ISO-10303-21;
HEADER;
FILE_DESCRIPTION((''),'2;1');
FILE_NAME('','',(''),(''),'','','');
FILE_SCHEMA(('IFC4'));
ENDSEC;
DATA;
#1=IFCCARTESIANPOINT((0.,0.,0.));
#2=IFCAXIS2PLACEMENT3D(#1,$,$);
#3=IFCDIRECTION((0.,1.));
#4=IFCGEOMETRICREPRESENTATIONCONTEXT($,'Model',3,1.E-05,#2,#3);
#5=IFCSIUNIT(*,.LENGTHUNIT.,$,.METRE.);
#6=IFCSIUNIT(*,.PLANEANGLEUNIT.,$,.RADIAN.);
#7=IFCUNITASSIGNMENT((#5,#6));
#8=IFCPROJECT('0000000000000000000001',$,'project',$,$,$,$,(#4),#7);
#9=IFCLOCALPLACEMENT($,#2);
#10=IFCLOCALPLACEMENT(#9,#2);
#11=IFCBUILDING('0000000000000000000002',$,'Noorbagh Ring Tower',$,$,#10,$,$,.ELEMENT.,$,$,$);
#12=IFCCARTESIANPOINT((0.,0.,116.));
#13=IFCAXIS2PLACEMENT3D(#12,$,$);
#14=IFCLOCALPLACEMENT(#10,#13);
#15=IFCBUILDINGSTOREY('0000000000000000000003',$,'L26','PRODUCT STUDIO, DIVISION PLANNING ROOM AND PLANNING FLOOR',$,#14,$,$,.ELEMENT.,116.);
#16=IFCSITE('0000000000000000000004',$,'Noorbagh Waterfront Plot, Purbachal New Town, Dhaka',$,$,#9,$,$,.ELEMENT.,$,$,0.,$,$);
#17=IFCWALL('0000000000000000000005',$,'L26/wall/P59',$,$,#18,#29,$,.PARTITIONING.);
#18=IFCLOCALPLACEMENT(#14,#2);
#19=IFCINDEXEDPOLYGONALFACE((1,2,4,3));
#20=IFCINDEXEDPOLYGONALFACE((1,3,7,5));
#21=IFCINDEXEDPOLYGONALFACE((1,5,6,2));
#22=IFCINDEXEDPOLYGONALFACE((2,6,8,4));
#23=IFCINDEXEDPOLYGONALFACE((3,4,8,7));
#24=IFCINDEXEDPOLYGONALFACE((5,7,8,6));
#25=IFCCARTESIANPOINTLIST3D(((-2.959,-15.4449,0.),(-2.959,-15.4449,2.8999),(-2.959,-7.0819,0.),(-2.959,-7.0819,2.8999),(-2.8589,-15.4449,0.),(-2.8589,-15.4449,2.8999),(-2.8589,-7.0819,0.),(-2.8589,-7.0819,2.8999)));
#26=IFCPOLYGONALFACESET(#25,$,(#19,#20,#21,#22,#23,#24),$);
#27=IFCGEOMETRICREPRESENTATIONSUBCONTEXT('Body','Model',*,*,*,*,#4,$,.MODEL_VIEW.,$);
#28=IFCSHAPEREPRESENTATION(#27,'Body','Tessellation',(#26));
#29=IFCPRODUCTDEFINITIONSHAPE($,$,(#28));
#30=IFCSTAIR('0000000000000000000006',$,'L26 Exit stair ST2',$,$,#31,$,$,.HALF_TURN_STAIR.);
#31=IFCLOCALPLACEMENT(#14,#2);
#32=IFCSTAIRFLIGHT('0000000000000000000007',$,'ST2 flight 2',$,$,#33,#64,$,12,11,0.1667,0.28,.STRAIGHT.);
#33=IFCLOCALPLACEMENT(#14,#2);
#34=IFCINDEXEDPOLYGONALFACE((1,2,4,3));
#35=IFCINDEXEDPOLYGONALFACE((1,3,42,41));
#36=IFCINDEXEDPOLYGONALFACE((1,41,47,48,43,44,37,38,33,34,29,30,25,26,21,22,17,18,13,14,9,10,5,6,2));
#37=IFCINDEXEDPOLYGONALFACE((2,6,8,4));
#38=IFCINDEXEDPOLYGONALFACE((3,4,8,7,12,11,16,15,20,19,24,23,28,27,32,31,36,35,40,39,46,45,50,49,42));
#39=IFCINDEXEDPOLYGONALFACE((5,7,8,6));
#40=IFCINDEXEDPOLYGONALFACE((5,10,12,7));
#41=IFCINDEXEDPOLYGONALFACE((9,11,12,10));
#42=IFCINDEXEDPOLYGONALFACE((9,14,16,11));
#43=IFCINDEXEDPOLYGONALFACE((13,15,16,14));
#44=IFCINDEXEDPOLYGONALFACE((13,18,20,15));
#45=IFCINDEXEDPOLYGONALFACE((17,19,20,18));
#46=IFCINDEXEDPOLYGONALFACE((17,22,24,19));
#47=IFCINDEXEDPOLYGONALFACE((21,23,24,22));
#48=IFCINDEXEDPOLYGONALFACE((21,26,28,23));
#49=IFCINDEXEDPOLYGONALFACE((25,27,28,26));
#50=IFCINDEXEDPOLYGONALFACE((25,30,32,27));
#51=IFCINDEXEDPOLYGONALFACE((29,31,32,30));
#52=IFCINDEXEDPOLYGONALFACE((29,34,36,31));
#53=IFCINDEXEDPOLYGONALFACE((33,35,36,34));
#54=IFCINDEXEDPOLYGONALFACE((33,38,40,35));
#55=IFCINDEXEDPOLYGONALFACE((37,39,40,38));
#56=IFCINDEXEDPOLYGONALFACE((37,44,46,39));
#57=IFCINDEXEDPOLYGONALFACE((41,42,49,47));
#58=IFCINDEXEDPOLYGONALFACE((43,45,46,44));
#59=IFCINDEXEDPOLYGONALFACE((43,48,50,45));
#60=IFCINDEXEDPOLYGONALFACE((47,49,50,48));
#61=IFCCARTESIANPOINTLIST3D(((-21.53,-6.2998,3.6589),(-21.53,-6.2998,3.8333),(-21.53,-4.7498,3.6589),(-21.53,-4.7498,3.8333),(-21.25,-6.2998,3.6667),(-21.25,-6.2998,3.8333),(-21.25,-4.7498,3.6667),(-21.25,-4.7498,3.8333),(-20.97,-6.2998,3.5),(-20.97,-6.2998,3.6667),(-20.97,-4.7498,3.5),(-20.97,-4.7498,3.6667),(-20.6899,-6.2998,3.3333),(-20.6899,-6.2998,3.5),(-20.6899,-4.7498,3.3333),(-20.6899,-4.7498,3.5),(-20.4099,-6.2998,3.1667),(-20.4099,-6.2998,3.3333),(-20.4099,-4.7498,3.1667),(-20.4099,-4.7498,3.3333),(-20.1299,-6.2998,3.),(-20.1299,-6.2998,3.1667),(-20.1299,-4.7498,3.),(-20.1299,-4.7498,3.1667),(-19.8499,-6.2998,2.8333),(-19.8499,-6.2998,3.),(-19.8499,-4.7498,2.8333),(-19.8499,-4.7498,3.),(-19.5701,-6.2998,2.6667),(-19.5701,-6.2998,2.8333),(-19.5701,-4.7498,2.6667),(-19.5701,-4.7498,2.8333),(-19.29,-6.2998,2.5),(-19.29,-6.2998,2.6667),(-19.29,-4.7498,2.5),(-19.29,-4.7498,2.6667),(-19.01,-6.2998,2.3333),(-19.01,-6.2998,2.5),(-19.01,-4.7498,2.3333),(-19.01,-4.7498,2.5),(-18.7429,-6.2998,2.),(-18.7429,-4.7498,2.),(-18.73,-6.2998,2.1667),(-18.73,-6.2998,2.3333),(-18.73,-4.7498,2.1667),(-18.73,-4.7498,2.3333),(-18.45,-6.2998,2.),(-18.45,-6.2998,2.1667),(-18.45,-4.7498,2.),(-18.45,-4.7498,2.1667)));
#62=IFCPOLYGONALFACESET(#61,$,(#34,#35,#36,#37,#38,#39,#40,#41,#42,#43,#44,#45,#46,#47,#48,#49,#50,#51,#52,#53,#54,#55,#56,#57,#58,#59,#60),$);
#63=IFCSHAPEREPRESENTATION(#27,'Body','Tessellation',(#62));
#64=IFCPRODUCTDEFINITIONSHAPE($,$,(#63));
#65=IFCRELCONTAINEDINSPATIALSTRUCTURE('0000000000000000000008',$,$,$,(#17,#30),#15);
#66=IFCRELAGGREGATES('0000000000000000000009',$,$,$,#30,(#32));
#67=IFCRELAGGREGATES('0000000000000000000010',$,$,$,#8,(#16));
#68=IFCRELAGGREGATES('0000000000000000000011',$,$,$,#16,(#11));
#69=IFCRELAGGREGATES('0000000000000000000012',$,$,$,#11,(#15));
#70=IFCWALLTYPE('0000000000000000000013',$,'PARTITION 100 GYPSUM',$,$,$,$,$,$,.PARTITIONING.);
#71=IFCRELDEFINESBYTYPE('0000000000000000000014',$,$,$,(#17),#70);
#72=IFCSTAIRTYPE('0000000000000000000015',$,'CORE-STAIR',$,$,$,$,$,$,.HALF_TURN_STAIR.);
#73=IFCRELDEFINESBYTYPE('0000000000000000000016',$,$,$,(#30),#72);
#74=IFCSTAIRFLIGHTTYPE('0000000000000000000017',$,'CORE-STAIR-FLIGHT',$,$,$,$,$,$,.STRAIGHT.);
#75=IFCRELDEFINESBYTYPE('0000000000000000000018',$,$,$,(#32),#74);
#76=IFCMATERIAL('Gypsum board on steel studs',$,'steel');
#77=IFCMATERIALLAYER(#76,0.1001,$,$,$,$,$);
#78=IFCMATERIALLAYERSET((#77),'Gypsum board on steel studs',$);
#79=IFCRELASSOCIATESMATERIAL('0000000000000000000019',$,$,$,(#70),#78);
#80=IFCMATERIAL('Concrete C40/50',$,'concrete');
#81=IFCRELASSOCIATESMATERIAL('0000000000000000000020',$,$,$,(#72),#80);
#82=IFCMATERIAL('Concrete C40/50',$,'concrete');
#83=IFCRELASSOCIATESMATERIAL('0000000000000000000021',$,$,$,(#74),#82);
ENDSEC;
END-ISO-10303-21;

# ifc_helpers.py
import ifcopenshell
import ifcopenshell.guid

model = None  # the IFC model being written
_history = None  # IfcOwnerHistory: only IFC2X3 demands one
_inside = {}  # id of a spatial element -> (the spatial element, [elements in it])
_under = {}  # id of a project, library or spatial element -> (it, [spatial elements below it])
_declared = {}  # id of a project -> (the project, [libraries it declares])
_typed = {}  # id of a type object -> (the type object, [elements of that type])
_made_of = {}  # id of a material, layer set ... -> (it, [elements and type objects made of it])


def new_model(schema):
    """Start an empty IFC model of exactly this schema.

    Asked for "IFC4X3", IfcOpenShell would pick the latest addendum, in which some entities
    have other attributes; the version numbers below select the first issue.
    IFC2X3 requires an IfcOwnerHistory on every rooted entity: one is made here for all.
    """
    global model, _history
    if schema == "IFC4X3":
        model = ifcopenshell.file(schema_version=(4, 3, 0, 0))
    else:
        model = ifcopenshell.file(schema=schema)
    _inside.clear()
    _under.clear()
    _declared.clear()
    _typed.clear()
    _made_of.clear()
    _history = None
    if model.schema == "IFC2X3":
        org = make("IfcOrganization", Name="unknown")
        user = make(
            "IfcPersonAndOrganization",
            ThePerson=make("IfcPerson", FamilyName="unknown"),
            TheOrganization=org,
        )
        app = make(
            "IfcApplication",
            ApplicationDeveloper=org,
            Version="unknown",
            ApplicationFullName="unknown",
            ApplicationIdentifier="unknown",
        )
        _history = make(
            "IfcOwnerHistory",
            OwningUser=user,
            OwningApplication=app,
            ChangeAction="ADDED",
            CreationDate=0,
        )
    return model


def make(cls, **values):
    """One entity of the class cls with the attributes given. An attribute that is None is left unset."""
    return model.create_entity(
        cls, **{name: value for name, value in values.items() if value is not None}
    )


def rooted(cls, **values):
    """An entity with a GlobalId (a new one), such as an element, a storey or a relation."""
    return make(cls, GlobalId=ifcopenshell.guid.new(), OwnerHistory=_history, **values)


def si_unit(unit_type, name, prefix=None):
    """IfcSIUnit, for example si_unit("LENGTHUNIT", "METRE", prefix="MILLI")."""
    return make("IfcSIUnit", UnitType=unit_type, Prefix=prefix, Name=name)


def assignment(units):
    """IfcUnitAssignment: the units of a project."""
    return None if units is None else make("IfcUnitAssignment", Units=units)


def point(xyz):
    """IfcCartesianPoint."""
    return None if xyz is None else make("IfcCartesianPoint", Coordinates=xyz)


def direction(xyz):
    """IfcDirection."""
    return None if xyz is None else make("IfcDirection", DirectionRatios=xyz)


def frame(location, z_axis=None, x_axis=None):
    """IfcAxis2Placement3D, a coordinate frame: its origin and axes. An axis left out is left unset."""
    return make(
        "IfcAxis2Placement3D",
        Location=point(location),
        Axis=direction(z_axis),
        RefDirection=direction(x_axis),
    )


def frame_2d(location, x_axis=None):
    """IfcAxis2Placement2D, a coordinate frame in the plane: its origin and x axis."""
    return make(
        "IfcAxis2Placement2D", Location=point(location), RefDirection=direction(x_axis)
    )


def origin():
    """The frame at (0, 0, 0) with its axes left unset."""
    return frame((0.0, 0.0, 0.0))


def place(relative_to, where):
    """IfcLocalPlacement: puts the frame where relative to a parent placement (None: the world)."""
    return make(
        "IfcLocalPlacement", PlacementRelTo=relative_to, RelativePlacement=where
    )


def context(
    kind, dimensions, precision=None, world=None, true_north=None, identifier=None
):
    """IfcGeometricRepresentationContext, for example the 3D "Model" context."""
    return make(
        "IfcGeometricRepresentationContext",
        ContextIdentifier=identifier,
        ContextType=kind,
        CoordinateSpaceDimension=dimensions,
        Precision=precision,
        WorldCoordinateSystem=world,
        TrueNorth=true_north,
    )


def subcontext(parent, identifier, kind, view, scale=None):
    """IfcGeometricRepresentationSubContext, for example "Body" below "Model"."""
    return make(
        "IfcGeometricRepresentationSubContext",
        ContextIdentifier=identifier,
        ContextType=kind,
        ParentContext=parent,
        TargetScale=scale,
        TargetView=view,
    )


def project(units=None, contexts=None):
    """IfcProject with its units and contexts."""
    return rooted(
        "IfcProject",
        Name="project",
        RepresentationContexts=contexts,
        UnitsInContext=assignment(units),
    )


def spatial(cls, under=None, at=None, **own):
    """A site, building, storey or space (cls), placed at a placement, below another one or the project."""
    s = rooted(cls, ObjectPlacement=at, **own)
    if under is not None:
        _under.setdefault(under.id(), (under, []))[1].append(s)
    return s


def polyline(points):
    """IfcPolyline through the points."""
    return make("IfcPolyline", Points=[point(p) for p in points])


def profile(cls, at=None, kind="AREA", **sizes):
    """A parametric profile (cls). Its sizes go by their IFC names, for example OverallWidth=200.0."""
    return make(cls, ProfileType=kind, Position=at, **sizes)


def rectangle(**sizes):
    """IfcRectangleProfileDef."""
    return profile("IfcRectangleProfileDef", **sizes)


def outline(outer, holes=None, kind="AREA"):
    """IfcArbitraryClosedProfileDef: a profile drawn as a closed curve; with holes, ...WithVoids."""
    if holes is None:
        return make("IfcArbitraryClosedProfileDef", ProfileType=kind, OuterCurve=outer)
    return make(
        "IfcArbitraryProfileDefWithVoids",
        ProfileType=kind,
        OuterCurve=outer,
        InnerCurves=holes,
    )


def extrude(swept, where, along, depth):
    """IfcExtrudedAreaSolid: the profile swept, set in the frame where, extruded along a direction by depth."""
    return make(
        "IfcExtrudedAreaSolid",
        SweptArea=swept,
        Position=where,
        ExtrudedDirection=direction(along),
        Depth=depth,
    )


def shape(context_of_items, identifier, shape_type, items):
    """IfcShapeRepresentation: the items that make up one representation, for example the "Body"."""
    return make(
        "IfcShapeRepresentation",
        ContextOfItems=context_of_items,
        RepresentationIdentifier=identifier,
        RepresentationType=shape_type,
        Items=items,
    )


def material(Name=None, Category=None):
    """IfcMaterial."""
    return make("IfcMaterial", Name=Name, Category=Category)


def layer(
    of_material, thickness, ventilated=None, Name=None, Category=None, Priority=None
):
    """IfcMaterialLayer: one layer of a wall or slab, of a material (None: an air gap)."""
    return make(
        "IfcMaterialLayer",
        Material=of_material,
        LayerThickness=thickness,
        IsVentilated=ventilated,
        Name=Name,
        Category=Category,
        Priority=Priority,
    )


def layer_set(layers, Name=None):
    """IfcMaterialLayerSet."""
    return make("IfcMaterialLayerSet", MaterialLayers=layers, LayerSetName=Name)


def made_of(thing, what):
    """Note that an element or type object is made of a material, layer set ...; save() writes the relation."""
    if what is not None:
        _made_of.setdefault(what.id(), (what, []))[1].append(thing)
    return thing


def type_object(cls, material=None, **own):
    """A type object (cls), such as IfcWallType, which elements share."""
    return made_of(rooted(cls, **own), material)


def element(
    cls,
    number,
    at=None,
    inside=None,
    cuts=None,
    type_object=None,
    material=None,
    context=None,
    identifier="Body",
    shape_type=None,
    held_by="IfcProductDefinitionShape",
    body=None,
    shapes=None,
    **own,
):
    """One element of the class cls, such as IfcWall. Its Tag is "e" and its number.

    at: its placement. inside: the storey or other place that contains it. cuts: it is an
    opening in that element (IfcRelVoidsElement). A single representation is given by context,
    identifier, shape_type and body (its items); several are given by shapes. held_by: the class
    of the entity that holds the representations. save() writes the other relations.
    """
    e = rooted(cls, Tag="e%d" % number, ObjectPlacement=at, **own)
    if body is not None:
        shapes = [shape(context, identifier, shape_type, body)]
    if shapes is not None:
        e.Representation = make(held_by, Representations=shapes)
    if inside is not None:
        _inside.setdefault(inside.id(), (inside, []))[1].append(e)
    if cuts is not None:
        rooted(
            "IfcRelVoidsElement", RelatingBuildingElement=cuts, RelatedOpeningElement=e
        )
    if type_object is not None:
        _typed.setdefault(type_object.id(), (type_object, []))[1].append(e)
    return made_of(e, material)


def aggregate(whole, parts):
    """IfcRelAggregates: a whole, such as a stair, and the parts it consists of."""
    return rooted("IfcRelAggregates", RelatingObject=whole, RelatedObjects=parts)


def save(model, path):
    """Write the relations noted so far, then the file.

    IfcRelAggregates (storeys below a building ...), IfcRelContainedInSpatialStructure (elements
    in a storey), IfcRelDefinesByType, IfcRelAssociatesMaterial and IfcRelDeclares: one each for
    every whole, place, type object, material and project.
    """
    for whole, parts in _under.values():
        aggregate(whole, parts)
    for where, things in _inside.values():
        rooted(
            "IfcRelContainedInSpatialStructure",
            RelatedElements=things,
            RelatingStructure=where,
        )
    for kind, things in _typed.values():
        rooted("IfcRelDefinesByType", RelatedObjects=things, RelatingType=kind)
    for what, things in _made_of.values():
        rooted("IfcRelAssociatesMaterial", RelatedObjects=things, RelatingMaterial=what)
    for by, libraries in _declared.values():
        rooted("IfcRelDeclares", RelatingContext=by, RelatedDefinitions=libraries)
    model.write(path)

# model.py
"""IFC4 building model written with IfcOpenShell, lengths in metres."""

from ifc_helpers import new_model, si_unit, direction, frame, frame_2d, origin, place, context, subcontext, project, spatial, polyline, rectangle, outline, extrude, material, layer, layer_set, type_object, element, aggregate, save


model = new_model("IFC4")

# Units and contexts
model_context = context("Model", 3, precision=1e-05, world=origin(), true_north=direction((0.0, 1.0)))
body_context = subcontext(model_context, "Body", "Model", "MODEL_VIEW")
ifc_project = project(units=[si_unit("LENGTHUNIT", "METRE"), si_unit("PLANEANGLEUNIT", "RADIAN")], contexts=[model_context])

# Site, building, storey
site_placement = place(None, origin())
site = spatial("IfcSite", under=ifc_project, at=site_placement, Name="Noorbagh Waterfront Plot, Purbachal New Town, Dhaka", CompositionType="ELEMENT", RefElevation=0.0)
building_placement = place(site_placement, origin())
building = spatial("IfcBuilding", under=site, at=building_placement, Name="Noorbagh Ring Tower", CompositionType="ELEMENT")
storey_placement = place(building_placement, frame((0.0, 0.0, 116.0)))
storey = spatial("IfcBuildingStorey", under=building, at=storey_placement, Name="L26", Description="PRODUCT STUDIO, DIVISION PLANNING ROOM AND PLANNING FLOOR", CompositionType="ELEMENT", Elevation=116.0)

# Wall
ifc_material_1 = material(Name="Gypsum board on steel studs", Category="steel")
ifc_layer_1 = layer(ifc_material_1, 0.1001)
ifc_layer_set_1 = layer_set([ifc_layer_1], Name="Gypsum board on steel studs")
wall_type_1 = type_object("IfcWallType", Name="PARTITION 100 GYPSUM", PredefinedType="PARTITIONING", material=ifc_layer_set_1)
wall_1_placement = place(storey_placement, frame((-2.9089, -15.4451, 0.0), z_axis=(0.0, 0.0, 1.0), x_axis=(0.0, 1.0, 0.0)))
element("IfcWall", 1, at=wall_1_placement, inside=storey, type_object=wall_type_1, Name="L26/wall/P59", PredefinedType="PARTITIONING", context=body_context, shape_type="SweptSolid", body=[
    extrude(rectangle(XDim=8.363, YDim=0.1001, at=frame_2d((4.1816, 0.0))), origin(), (0.0, 0.0, 1.0), 2.8999),
])

# Stair, stair flight
ifc_material_2 = material(Name="Concrete C40/50", Category="concrete")
stair_type = type_object("IfcStairType", Name="CORE-STAIR", PredefinedType="HALF_TURN_STAIR", material=ifc_material_2)
stair_placement = place(storey_placement, origin())
stair = element("IfcStair", 2, at=stair_placement, inside=storey, type_object=stair_type, Name="L26 Exit stair ST2", PredefinedType="HALF_TURN_STAIR")
ifc_material_3 = material(Name="Concrete C40/50", Category="concrete")
stair_flight_type = type_object("IfcStairFlightType", Name="CORE-STAIR-FLIGHT", PredefinedType="STRAIGHT", material=ifc_material_3)
stair_flight_placement = place(storey_placement, frame((-18.45, -5.5249, 2.0), z_axis=(0.0, 0.0, 1.0), x_axis=(-1.0, 0.0, 0.0)))
stair_flight = element("IfcStairFlight", 3, at=stair_flight_placement, type_object=stair_flight_type, Name="ST2 flight 2", NumberOfRisers=12, NumberOfTreads=11, PredefinedType="STRAIGHT", RiserHeight=0.1667, TreadLength=0.28, context=body_context, shape_type="SweptSolid", body=[
    extrude(outline(polyline([(0.0, 0.0), (0.0, 0.1667), (0.28, 0.1667), (0.28, 0.3333), (0.5601, 0.3333), (0.5601, 0.5), (0.8401, 0.5), (0.8401, 0.6667), (1.1201, 0.6667), (1.1201, 0.8333), (1.3999, 0.8333), (1.3999, 1.0), (1.6799, 1.0), (1.6799, 1.1667), (1.96, 1.1667), (1.96, 1.3333), (2.24, 1.3333), (2.24, 1.5), (2.52, 1.5), (2.52, 1.6667), (2.8, 1.6667), (2.8, 1.8333), (3.0801, 1.8333), (3.0801, 2.0), (3.0801, 1.6589), (0.293, 0.0), (0.0, 0.0)])), frame((0.0, 0.7749, 0.0), z_axis=(0.0, -1.0, 0.0), x_axis=(1.0, 0.0, 0.0)), (0.0, 0.0, 1.0), 1.55),
])
aggregate(stair, [stair_flight])

save(model, "model.ifc")
